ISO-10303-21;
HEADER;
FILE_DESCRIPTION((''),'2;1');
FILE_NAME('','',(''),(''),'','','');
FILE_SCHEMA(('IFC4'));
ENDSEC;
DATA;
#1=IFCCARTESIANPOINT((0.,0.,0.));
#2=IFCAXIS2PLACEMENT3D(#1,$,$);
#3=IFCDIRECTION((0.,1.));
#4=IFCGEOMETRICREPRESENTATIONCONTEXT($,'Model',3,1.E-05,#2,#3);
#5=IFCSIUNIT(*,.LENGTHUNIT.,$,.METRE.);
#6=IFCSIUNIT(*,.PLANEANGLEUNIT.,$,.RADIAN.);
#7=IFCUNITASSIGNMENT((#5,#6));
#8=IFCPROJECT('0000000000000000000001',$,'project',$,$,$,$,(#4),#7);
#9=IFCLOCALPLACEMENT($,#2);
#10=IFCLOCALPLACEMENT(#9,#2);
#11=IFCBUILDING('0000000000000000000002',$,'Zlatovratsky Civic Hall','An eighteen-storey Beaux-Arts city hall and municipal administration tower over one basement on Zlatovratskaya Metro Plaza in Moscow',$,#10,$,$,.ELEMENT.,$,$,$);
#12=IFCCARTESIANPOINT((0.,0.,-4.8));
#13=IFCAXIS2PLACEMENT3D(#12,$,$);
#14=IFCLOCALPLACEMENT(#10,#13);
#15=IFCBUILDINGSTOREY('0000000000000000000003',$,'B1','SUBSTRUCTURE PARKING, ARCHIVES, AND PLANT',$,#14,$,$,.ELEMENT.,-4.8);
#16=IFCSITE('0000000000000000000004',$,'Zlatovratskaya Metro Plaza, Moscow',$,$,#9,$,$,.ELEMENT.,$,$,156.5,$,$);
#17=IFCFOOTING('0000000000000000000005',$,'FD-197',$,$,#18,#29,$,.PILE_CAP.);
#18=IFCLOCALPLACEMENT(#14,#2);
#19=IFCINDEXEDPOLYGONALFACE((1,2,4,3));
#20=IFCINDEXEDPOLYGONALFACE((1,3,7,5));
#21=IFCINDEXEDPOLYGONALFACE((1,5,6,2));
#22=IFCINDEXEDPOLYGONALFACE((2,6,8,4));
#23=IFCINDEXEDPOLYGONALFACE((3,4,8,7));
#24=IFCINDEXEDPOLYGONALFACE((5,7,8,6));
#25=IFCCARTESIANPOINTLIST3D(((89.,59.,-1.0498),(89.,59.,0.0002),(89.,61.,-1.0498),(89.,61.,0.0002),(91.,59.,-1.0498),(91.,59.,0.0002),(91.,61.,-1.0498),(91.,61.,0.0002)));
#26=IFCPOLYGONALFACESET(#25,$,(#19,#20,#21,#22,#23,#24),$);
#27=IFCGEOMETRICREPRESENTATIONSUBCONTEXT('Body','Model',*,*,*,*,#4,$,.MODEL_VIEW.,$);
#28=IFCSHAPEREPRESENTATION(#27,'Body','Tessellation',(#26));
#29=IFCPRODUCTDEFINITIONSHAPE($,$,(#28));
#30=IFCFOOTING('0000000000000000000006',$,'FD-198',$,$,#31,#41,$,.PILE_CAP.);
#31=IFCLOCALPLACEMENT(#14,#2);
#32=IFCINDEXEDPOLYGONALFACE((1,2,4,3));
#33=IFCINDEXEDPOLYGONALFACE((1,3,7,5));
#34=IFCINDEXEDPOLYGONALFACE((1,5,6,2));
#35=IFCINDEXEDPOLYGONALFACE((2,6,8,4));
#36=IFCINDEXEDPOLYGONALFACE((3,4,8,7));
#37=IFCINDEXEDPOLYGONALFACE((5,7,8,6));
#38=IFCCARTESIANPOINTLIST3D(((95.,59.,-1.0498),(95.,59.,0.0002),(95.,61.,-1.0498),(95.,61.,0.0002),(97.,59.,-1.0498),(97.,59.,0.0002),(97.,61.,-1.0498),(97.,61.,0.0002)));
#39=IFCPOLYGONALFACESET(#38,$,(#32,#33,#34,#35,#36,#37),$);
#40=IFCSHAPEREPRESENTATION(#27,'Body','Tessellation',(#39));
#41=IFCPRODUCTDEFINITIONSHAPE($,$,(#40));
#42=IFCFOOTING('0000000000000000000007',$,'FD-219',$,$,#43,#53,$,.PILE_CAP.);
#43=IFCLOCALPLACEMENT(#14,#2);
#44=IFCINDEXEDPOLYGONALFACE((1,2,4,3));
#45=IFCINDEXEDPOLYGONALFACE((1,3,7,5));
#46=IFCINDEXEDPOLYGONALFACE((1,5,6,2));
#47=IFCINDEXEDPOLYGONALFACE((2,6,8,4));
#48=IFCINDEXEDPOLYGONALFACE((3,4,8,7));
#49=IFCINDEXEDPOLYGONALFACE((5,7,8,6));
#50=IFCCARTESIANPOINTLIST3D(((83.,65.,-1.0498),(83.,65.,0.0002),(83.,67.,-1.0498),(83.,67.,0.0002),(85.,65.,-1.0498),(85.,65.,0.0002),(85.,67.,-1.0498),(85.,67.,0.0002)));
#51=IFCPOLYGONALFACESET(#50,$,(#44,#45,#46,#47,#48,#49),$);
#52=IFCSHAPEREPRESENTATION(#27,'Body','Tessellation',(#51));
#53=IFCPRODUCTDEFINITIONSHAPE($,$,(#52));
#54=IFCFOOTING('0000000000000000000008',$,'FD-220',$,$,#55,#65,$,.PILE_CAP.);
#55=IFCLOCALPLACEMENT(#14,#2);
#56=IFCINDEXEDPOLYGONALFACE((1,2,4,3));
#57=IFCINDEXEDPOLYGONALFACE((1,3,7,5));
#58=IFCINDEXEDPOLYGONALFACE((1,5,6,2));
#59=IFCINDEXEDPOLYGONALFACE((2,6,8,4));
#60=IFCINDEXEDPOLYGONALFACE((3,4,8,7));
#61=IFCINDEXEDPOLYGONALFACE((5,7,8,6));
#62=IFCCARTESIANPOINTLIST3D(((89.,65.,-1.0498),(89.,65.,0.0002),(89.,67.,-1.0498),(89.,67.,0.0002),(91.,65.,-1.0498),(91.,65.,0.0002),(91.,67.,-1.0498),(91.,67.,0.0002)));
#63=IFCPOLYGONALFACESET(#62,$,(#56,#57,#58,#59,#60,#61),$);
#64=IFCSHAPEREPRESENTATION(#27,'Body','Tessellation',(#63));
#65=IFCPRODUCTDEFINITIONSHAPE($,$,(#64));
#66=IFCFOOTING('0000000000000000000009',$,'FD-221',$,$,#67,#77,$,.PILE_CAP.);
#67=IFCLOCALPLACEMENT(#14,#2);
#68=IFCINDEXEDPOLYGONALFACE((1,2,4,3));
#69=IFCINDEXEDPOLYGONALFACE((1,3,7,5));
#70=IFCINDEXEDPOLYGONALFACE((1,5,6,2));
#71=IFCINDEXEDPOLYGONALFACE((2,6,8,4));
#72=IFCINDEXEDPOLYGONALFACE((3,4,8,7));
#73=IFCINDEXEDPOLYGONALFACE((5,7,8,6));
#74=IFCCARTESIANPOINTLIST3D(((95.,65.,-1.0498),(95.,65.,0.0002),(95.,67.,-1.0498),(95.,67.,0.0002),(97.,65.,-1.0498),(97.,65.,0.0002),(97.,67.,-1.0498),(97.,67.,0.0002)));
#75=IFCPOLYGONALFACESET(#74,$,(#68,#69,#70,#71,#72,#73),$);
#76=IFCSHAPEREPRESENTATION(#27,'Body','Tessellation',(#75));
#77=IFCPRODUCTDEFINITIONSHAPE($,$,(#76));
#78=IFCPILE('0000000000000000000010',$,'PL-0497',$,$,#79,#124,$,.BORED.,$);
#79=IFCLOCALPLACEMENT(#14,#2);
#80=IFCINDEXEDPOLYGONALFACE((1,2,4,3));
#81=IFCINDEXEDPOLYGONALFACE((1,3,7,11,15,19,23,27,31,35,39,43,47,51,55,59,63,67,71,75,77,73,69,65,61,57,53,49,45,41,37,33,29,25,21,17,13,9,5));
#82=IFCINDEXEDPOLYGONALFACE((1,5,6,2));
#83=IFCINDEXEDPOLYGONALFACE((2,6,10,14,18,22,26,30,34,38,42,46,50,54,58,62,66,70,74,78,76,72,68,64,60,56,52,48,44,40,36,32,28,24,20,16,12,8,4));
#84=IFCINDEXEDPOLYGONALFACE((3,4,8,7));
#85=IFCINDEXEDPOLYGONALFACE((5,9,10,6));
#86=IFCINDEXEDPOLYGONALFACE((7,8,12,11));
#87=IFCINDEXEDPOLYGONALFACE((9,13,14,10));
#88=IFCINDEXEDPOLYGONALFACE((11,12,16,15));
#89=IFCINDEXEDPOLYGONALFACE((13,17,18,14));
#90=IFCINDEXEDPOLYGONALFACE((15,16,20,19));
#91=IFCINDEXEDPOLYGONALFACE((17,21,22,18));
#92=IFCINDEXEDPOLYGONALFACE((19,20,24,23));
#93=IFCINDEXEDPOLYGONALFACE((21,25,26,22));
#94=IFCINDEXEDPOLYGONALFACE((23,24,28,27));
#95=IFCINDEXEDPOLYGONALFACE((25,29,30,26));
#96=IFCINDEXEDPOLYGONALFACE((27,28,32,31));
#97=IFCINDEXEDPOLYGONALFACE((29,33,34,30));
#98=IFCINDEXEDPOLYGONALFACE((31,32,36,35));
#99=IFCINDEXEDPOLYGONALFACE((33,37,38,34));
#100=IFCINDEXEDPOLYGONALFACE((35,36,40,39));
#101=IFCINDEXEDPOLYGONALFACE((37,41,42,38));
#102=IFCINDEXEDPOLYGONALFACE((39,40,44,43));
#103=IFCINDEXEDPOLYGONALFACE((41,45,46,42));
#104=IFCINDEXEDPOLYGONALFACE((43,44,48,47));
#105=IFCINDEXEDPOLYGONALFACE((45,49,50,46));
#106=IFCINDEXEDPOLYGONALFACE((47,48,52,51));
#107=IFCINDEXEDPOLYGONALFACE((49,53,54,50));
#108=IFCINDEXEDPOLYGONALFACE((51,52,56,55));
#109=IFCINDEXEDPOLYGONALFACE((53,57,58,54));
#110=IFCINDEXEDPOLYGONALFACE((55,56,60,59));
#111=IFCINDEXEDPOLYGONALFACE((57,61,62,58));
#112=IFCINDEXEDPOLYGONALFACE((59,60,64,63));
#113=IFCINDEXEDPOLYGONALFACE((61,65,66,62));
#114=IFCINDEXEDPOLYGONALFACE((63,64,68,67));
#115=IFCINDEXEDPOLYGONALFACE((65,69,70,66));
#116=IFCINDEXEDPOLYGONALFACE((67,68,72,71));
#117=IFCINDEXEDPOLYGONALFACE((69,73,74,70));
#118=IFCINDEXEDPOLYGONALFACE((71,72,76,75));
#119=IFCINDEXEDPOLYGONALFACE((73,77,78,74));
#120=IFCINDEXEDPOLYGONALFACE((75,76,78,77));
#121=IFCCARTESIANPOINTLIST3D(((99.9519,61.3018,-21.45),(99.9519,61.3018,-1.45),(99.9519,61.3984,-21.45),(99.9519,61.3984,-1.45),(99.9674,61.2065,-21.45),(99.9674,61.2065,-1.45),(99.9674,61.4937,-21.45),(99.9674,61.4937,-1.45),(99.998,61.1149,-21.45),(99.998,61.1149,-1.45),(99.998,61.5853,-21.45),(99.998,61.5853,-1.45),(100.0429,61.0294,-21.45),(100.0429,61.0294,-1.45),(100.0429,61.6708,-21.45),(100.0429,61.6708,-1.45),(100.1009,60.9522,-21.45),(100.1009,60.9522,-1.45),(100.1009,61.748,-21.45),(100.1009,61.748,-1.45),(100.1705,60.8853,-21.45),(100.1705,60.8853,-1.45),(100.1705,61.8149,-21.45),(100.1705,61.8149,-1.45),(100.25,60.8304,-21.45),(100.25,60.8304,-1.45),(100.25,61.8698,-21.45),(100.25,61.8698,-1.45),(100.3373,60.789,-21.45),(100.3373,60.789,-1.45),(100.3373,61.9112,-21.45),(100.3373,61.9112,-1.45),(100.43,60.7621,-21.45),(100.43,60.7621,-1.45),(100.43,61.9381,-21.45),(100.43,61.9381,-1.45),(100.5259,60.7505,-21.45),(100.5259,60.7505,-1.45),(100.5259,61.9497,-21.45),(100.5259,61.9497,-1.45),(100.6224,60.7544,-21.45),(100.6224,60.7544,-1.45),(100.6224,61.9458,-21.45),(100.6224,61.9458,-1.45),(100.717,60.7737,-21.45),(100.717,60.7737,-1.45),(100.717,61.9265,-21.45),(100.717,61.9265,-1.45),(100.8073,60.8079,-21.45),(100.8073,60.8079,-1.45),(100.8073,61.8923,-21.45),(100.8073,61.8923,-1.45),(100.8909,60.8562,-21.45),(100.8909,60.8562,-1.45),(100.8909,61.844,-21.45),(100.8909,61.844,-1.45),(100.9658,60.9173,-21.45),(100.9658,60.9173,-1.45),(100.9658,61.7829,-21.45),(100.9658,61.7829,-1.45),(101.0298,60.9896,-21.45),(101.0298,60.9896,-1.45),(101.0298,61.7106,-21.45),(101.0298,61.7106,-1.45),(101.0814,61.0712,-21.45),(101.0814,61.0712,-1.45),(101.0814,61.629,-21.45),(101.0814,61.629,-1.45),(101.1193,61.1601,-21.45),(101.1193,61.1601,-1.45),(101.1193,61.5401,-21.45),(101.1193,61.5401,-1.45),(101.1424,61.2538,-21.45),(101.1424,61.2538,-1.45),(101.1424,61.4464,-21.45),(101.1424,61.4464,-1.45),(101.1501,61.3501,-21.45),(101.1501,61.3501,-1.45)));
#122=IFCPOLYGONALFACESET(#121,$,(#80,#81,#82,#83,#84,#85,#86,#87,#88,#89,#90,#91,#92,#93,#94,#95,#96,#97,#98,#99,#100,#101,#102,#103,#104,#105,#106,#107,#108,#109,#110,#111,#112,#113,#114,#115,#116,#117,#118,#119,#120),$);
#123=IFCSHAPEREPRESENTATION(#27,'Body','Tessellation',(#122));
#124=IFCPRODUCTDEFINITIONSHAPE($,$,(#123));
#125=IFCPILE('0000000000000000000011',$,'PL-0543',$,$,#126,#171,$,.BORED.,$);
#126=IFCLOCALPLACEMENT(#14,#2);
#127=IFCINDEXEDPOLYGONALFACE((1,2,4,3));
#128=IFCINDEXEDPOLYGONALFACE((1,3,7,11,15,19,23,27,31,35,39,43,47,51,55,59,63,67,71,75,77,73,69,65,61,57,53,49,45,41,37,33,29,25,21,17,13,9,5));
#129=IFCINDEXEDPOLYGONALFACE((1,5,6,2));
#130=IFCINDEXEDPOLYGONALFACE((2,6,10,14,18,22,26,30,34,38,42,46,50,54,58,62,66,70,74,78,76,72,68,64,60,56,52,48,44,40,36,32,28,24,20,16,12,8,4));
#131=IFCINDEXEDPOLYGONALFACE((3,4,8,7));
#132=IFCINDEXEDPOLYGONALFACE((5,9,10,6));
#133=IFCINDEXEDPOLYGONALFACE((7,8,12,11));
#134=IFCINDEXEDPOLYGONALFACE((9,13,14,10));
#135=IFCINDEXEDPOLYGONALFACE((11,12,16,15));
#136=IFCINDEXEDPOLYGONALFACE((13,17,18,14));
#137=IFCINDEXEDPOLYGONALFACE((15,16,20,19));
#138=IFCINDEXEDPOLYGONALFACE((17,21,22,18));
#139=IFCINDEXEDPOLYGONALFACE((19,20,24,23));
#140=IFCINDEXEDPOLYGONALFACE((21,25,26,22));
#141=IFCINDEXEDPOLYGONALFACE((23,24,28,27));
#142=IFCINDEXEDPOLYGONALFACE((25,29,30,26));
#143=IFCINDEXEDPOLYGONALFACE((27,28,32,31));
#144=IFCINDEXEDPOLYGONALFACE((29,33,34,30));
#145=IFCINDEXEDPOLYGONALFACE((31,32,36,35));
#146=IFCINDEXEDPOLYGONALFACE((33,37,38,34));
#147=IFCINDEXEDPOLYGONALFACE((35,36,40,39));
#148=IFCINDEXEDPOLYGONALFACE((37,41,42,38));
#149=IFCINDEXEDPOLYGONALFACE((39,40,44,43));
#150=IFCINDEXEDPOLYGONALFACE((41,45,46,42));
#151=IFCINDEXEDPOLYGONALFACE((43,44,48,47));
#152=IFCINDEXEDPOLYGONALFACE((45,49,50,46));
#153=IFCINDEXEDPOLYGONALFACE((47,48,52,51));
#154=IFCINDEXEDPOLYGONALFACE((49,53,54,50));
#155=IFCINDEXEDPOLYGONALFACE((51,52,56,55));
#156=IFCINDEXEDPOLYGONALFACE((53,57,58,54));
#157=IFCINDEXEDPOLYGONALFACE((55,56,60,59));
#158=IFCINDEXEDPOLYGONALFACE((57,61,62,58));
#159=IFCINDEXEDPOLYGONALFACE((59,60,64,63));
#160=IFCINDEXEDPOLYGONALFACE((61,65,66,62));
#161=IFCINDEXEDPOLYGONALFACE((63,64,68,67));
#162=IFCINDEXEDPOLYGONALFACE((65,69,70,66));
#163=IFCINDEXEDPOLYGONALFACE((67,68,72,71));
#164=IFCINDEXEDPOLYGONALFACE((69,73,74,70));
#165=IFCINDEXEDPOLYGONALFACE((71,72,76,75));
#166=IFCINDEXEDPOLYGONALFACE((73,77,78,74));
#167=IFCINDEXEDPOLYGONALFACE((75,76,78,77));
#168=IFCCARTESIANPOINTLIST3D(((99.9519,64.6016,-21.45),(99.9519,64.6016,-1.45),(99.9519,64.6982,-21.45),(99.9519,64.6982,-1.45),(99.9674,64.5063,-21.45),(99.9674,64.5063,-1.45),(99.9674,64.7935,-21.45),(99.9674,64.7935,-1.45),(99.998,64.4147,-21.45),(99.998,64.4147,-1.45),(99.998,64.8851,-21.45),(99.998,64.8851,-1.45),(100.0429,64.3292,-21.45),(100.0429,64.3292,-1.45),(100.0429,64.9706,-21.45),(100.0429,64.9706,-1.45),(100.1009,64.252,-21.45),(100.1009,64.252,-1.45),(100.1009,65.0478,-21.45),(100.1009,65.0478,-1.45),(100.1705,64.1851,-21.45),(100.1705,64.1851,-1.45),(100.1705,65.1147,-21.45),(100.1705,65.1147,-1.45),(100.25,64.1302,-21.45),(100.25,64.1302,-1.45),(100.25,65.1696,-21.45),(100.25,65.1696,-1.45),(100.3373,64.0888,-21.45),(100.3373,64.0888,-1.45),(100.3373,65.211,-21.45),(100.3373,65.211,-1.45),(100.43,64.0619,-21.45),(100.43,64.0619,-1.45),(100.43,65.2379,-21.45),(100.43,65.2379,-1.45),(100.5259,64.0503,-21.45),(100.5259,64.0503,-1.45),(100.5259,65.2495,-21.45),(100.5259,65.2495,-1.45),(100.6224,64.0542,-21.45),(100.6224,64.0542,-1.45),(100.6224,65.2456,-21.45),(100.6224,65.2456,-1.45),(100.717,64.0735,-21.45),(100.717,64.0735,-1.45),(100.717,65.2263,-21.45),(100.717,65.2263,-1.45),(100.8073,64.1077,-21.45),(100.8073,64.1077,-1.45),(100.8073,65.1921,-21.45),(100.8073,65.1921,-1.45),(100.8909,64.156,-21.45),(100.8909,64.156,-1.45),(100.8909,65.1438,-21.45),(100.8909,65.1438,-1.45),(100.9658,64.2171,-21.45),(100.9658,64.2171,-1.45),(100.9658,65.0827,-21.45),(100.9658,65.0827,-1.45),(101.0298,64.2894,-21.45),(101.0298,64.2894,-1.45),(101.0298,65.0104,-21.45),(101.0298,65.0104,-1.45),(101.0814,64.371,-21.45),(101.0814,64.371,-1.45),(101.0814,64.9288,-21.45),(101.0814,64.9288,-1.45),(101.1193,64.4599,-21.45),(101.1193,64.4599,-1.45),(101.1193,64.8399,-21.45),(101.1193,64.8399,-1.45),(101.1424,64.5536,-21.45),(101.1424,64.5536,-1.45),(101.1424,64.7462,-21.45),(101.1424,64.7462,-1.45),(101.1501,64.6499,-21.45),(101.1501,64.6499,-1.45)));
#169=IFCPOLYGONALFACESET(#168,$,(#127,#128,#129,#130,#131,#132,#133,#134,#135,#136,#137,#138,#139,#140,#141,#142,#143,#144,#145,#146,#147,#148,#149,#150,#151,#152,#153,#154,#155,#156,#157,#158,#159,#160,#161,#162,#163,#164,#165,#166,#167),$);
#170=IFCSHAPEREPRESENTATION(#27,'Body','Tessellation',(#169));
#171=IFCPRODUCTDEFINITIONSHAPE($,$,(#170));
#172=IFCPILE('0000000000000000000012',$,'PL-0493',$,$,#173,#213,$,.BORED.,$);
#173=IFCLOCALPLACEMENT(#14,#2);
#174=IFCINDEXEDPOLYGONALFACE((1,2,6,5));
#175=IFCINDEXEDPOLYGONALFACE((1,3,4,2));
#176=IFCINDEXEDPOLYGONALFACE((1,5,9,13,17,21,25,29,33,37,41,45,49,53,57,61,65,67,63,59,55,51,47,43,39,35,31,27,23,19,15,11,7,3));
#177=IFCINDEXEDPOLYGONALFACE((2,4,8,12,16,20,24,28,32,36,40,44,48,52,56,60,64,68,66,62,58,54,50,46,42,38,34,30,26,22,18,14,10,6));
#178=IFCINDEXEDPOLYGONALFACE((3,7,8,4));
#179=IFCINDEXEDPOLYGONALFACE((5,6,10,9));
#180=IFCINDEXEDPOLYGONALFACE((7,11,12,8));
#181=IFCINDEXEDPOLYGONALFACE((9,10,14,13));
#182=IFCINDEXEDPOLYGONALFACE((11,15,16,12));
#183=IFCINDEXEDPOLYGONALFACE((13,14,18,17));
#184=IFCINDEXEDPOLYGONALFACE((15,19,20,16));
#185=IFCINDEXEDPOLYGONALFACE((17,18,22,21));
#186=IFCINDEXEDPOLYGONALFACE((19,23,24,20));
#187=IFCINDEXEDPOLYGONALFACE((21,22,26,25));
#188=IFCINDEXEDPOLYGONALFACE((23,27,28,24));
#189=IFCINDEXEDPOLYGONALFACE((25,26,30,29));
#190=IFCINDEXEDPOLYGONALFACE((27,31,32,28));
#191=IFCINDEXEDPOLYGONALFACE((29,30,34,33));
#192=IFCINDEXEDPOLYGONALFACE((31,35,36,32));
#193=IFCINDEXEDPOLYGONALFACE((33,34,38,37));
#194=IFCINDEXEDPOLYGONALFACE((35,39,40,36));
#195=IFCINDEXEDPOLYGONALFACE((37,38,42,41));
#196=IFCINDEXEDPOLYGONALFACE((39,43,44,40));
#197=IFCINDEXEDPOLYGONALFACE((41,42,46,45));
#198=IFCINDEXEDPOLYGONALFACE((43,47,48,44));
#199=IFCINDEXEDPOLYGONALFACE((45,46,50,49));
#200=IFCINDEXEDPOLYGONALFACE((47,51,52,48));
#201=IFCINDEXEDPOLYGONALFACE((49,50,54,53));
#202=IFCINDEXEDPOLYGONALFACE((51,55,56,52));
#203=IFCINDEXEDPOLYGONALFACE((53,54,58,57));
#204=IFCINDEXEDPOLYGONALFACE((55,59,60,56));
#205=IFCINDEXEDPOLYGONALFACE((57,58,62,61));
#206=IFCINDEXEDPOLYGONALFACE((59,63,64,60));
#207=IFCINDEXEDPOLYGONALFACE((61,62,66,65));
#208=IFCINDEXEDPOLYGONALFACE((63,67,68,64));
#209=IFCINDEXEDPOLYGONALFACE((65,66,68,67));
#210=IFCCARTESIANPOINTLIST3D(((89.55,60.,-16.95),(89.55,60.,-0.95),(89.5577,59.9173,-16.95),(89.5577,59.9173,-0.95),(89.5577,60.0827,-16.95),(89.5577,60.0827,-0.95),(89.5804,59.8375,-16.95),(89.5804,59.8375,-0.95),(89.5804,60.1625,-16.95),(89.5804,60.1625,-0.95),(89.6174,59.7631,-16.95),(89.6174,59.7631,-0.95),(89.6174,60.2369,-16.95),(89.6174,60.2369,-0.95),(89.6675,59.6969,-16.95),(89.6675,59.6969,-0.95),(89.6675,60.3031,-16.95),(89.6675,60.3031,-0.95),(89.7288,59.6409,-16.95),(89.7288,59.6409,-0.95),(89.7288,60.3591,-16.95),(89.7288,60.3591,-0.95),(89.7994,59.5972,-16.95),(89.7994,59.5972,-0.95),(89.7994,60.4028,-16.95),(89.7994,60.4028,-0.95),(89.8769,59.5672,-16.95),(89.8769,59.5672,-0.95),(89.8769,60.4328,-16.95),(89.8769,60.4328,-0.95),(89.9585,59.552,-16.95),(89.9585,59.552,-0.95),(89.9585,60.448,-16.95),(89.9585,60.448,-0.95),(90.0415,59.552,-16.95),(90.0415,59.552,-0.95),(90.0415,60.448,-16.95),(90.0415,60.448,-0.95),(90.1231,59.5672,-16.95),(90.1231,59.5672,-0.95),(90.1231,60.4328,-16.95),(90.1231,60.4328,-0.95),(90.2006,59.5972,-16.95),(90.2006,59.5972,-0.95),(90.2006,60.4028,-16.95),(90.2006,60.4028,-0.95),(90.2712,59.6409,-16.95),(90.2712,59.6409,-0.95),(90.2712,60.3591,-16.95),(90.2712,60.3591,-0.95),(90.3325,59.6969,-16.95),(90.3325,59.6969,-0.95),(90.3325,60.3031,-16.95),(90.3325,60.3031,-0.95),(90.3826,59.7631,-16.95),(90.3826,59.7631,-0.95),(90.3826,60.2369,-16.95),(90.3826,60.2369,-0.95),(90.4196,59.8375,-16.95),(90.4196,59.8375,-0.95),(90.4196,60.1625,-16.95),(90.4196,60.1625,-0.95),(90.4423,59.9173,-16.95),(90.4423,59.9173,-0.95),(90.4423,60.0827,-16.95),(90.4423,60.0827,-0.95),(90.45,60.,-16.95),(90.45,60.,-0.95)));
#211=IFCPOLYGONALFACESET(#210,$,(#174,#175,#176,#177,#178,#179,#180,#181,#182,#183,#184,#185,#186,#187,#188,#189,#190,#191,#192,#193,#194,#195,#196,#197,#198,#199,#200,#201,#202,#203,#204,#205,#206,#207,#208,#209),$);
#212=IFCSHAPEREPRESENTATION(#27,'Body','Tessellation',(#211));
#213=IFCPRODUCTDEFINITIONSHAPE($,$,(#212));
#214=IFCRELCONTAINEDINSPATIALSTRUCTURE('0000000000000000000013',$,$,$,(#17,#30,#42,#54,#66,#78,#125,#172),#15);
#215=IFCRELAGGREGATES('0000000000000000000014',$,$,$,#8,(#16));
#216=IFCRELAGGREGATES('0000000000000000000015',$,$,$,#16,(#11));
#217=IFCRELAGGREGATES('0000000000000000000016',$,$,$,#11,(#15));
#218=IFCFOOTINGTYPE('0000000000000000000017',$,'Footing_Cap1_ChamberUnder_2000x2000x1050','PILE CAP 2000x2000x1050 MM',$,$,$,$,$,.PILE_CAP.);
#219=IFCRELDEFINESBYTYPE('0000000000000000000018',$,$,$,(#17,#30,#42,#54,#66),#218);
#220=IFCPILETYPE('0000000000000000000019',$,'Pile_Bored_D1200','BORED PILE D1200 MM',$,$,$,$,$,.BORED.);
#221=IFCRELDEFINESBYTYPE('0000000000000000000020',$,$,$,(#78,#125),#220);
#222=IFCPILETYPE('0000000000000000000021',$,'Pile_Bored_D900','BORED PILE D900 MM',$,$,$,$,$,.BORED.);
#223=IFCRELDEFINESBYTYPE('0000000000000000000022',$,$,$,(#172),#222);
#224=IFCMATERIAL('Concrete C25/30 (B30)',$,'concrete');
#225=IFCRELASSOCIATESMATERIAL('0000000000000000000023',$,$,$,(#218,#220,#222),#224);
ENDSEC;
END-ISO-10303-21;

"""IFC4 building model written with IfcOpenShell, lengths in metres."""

from ifc_helpers import new_model, si_unit, direction, frame, origin, origin_2d, place, context, subcontext, project, spatial, rectangle, circle, extrude, material, material_profile, profile_set, type_object, element, save


model = new_model("IFC4")

# Units and contexts
model_context = context("Model", 3, precision=1e-05, world=origin(), true_north=direction((0.0, 1.0)))
body_context = subcontext(model_context, "Body", "Model", "MODEL_VIEW")
ifc_project = project(units=[si_unit("LENGTHUNIT", "METRE"), si_unit("PLANEANGLEUNIT", "RADIAN")], contexts=[model_context])

# Site, building, storey
site_placement = place(None, origin())
site = spatial("IfcSite", under=ifc_project, at=site_placement, Name="Zlatovratskaya Metro Plaza, Moscow", CompositionType="ELEMENT", RefElevation=156.5)
building_placement = place(site_placement, origin())
building = spatial("IfcBuilding", under=site, at=building_placement, Name="Zlatovratsky Civic Hall", Description="An eighteen-storey Beaux-Arts city hall and municipal administration tower over one basement on Zlatovratskaya Metro Plaza in Moscow", CompositionType="ELEMENT")
storey_placement = place(building_placement, frame((0.0, 0.0, -4.8)))
storey = spatial("IfcBuildingStorey", under=building, at=storey_placement, Name="B1", Description="SUBSTRUCTURE PARKING, ARCHIVES, AND PLANT", CompositionType="ELEMENT", Elevation=-4.8)

# Footings
ifc_material_1 = material(Name="Concrete C25/30 (B30)", Category="concrete")
footing_type = type_object("IfcFootingType", Name="Footing_Cap1_ChamberUnder_2000x2000x1050", Description="PILE CAP 2000x2000x1050 MM", PredefinedType="PILE_CAP", material=ifc_material_1)
for number, where, z_axis, x_axis, name in (
    (1, (90.0, 60.0, -1.0498), (0.0, 0.0, 1.0), (1.0, 0.0, 0.0), "FD-197"),
    (2, (96.0, 60.0, -1.0498), (0.0, 0.0, 1.0), (1.0, 0.0, 0.0), "FD-198"),
    (3, (84.0, 66.0, -1.0498), (0.0, 0.0, 1.0), (1.0, 0.0, 0.0), "FD-219"),
    (4, (90.0, 66.0, -1.0498), (0.0, 0.0, 1.0), (1.0, 0.0, 0.0), "FD-220"),
    (5, (96.0, 66.0, -1.0498), (0.0, 0.0, 1.0), (1.0, 0.0, 0.0), "FD-221"),
):
    element("IfcFooting", number, at=place(storey_placement, frame(where, z_axis=z_axis, x_axis=x_axis)), inside=storey, type_object=footing_type, Name=name, PredefinedType="PILE_CAP", context=body_context, shape_type="SweptSolid", body=[
        extrude(rectangle(XDim=2.0, YDim=2.0, at=origin_2d()), origin(), (0.0, 0.0, 1.0), 1.05),
    ])

# Piles
ifc_material_profile_1 = material_profile(ifc_material_1, circle(Radius=0.6001, at=origin_2d()), Name="PILE D1200")
ifc_profile_set_1 = profile_set([ifc_material_profile_1], Name="Concrete C25/30 (B30)")
pile_type_1 = type_object("IfcPileType", Name="Pile_Bored_D1200", Description="BORED PILE D1200 MM", PredefinedType="BORED", material=ifc_profile_set_1)
for number, where, z_axis, x_axis, name in (
    (6, (100.55, 61.3501, -1.45), (0.0, 0.0, -1.0), (1.0, 0.0, 0.0), "PL-0497"),
    (7, (100.55, 64.6499, -1.45), (0.0, 0.0, -1.0), (1.0, 0.0, 0.0), "PL-0543"),
):
    element("IfcPile", number, at=place(storey_placement, frame(where, z_axis=z_axis, x_axis=x_axis)), inside=storey, type_object=pile_type_1, Name=name, PredefinedType="BORED", context=body_context, shape_type="SweptSolid", body=[
        extrude(circle(Radius=0.6001, at=origin_2d()), origin(), (0.0, 0.0, 1.0), 20.0),
    ])
ifc_material_profile_2 = material_profile(ifc_material_1, circle(Radius=0.45, at=origin_2d()), Name="PILE D900")
ifc_profile_set_2 = profile_set([ifc_material_profile_2], Name="Concrete C25/30 (B30)")
pile_type_2 = type_object("IfcPileType", Name="Pile_Bored_D900", Description="BORED PILE D900 MM", PredefinedType="BORED", material=ifc_profile_set_2)
for number, where, z_axis, x_axis, name in (
    (8, (90.0, 60.0, -0.95), (0.0, 0.0, -1.0), (1.0, 0.0, 0.0), "PL-0493"),
):
    element("IfcPile", number, at=place(storey_placement, frame(where, z_axis=z_axis, x_axis=x_axis)), inside=storey, type_object=pile_type_2, Name=name, PredefinedType="BORED", context=body_context, shape_type="SweptSolid", body=[
        extrude(circle(Radius=0.45, at=origin_2d()), origin(), (0.0, 0.0, 1.0), 16.0),
    ])

save(model, "model.ifc")
